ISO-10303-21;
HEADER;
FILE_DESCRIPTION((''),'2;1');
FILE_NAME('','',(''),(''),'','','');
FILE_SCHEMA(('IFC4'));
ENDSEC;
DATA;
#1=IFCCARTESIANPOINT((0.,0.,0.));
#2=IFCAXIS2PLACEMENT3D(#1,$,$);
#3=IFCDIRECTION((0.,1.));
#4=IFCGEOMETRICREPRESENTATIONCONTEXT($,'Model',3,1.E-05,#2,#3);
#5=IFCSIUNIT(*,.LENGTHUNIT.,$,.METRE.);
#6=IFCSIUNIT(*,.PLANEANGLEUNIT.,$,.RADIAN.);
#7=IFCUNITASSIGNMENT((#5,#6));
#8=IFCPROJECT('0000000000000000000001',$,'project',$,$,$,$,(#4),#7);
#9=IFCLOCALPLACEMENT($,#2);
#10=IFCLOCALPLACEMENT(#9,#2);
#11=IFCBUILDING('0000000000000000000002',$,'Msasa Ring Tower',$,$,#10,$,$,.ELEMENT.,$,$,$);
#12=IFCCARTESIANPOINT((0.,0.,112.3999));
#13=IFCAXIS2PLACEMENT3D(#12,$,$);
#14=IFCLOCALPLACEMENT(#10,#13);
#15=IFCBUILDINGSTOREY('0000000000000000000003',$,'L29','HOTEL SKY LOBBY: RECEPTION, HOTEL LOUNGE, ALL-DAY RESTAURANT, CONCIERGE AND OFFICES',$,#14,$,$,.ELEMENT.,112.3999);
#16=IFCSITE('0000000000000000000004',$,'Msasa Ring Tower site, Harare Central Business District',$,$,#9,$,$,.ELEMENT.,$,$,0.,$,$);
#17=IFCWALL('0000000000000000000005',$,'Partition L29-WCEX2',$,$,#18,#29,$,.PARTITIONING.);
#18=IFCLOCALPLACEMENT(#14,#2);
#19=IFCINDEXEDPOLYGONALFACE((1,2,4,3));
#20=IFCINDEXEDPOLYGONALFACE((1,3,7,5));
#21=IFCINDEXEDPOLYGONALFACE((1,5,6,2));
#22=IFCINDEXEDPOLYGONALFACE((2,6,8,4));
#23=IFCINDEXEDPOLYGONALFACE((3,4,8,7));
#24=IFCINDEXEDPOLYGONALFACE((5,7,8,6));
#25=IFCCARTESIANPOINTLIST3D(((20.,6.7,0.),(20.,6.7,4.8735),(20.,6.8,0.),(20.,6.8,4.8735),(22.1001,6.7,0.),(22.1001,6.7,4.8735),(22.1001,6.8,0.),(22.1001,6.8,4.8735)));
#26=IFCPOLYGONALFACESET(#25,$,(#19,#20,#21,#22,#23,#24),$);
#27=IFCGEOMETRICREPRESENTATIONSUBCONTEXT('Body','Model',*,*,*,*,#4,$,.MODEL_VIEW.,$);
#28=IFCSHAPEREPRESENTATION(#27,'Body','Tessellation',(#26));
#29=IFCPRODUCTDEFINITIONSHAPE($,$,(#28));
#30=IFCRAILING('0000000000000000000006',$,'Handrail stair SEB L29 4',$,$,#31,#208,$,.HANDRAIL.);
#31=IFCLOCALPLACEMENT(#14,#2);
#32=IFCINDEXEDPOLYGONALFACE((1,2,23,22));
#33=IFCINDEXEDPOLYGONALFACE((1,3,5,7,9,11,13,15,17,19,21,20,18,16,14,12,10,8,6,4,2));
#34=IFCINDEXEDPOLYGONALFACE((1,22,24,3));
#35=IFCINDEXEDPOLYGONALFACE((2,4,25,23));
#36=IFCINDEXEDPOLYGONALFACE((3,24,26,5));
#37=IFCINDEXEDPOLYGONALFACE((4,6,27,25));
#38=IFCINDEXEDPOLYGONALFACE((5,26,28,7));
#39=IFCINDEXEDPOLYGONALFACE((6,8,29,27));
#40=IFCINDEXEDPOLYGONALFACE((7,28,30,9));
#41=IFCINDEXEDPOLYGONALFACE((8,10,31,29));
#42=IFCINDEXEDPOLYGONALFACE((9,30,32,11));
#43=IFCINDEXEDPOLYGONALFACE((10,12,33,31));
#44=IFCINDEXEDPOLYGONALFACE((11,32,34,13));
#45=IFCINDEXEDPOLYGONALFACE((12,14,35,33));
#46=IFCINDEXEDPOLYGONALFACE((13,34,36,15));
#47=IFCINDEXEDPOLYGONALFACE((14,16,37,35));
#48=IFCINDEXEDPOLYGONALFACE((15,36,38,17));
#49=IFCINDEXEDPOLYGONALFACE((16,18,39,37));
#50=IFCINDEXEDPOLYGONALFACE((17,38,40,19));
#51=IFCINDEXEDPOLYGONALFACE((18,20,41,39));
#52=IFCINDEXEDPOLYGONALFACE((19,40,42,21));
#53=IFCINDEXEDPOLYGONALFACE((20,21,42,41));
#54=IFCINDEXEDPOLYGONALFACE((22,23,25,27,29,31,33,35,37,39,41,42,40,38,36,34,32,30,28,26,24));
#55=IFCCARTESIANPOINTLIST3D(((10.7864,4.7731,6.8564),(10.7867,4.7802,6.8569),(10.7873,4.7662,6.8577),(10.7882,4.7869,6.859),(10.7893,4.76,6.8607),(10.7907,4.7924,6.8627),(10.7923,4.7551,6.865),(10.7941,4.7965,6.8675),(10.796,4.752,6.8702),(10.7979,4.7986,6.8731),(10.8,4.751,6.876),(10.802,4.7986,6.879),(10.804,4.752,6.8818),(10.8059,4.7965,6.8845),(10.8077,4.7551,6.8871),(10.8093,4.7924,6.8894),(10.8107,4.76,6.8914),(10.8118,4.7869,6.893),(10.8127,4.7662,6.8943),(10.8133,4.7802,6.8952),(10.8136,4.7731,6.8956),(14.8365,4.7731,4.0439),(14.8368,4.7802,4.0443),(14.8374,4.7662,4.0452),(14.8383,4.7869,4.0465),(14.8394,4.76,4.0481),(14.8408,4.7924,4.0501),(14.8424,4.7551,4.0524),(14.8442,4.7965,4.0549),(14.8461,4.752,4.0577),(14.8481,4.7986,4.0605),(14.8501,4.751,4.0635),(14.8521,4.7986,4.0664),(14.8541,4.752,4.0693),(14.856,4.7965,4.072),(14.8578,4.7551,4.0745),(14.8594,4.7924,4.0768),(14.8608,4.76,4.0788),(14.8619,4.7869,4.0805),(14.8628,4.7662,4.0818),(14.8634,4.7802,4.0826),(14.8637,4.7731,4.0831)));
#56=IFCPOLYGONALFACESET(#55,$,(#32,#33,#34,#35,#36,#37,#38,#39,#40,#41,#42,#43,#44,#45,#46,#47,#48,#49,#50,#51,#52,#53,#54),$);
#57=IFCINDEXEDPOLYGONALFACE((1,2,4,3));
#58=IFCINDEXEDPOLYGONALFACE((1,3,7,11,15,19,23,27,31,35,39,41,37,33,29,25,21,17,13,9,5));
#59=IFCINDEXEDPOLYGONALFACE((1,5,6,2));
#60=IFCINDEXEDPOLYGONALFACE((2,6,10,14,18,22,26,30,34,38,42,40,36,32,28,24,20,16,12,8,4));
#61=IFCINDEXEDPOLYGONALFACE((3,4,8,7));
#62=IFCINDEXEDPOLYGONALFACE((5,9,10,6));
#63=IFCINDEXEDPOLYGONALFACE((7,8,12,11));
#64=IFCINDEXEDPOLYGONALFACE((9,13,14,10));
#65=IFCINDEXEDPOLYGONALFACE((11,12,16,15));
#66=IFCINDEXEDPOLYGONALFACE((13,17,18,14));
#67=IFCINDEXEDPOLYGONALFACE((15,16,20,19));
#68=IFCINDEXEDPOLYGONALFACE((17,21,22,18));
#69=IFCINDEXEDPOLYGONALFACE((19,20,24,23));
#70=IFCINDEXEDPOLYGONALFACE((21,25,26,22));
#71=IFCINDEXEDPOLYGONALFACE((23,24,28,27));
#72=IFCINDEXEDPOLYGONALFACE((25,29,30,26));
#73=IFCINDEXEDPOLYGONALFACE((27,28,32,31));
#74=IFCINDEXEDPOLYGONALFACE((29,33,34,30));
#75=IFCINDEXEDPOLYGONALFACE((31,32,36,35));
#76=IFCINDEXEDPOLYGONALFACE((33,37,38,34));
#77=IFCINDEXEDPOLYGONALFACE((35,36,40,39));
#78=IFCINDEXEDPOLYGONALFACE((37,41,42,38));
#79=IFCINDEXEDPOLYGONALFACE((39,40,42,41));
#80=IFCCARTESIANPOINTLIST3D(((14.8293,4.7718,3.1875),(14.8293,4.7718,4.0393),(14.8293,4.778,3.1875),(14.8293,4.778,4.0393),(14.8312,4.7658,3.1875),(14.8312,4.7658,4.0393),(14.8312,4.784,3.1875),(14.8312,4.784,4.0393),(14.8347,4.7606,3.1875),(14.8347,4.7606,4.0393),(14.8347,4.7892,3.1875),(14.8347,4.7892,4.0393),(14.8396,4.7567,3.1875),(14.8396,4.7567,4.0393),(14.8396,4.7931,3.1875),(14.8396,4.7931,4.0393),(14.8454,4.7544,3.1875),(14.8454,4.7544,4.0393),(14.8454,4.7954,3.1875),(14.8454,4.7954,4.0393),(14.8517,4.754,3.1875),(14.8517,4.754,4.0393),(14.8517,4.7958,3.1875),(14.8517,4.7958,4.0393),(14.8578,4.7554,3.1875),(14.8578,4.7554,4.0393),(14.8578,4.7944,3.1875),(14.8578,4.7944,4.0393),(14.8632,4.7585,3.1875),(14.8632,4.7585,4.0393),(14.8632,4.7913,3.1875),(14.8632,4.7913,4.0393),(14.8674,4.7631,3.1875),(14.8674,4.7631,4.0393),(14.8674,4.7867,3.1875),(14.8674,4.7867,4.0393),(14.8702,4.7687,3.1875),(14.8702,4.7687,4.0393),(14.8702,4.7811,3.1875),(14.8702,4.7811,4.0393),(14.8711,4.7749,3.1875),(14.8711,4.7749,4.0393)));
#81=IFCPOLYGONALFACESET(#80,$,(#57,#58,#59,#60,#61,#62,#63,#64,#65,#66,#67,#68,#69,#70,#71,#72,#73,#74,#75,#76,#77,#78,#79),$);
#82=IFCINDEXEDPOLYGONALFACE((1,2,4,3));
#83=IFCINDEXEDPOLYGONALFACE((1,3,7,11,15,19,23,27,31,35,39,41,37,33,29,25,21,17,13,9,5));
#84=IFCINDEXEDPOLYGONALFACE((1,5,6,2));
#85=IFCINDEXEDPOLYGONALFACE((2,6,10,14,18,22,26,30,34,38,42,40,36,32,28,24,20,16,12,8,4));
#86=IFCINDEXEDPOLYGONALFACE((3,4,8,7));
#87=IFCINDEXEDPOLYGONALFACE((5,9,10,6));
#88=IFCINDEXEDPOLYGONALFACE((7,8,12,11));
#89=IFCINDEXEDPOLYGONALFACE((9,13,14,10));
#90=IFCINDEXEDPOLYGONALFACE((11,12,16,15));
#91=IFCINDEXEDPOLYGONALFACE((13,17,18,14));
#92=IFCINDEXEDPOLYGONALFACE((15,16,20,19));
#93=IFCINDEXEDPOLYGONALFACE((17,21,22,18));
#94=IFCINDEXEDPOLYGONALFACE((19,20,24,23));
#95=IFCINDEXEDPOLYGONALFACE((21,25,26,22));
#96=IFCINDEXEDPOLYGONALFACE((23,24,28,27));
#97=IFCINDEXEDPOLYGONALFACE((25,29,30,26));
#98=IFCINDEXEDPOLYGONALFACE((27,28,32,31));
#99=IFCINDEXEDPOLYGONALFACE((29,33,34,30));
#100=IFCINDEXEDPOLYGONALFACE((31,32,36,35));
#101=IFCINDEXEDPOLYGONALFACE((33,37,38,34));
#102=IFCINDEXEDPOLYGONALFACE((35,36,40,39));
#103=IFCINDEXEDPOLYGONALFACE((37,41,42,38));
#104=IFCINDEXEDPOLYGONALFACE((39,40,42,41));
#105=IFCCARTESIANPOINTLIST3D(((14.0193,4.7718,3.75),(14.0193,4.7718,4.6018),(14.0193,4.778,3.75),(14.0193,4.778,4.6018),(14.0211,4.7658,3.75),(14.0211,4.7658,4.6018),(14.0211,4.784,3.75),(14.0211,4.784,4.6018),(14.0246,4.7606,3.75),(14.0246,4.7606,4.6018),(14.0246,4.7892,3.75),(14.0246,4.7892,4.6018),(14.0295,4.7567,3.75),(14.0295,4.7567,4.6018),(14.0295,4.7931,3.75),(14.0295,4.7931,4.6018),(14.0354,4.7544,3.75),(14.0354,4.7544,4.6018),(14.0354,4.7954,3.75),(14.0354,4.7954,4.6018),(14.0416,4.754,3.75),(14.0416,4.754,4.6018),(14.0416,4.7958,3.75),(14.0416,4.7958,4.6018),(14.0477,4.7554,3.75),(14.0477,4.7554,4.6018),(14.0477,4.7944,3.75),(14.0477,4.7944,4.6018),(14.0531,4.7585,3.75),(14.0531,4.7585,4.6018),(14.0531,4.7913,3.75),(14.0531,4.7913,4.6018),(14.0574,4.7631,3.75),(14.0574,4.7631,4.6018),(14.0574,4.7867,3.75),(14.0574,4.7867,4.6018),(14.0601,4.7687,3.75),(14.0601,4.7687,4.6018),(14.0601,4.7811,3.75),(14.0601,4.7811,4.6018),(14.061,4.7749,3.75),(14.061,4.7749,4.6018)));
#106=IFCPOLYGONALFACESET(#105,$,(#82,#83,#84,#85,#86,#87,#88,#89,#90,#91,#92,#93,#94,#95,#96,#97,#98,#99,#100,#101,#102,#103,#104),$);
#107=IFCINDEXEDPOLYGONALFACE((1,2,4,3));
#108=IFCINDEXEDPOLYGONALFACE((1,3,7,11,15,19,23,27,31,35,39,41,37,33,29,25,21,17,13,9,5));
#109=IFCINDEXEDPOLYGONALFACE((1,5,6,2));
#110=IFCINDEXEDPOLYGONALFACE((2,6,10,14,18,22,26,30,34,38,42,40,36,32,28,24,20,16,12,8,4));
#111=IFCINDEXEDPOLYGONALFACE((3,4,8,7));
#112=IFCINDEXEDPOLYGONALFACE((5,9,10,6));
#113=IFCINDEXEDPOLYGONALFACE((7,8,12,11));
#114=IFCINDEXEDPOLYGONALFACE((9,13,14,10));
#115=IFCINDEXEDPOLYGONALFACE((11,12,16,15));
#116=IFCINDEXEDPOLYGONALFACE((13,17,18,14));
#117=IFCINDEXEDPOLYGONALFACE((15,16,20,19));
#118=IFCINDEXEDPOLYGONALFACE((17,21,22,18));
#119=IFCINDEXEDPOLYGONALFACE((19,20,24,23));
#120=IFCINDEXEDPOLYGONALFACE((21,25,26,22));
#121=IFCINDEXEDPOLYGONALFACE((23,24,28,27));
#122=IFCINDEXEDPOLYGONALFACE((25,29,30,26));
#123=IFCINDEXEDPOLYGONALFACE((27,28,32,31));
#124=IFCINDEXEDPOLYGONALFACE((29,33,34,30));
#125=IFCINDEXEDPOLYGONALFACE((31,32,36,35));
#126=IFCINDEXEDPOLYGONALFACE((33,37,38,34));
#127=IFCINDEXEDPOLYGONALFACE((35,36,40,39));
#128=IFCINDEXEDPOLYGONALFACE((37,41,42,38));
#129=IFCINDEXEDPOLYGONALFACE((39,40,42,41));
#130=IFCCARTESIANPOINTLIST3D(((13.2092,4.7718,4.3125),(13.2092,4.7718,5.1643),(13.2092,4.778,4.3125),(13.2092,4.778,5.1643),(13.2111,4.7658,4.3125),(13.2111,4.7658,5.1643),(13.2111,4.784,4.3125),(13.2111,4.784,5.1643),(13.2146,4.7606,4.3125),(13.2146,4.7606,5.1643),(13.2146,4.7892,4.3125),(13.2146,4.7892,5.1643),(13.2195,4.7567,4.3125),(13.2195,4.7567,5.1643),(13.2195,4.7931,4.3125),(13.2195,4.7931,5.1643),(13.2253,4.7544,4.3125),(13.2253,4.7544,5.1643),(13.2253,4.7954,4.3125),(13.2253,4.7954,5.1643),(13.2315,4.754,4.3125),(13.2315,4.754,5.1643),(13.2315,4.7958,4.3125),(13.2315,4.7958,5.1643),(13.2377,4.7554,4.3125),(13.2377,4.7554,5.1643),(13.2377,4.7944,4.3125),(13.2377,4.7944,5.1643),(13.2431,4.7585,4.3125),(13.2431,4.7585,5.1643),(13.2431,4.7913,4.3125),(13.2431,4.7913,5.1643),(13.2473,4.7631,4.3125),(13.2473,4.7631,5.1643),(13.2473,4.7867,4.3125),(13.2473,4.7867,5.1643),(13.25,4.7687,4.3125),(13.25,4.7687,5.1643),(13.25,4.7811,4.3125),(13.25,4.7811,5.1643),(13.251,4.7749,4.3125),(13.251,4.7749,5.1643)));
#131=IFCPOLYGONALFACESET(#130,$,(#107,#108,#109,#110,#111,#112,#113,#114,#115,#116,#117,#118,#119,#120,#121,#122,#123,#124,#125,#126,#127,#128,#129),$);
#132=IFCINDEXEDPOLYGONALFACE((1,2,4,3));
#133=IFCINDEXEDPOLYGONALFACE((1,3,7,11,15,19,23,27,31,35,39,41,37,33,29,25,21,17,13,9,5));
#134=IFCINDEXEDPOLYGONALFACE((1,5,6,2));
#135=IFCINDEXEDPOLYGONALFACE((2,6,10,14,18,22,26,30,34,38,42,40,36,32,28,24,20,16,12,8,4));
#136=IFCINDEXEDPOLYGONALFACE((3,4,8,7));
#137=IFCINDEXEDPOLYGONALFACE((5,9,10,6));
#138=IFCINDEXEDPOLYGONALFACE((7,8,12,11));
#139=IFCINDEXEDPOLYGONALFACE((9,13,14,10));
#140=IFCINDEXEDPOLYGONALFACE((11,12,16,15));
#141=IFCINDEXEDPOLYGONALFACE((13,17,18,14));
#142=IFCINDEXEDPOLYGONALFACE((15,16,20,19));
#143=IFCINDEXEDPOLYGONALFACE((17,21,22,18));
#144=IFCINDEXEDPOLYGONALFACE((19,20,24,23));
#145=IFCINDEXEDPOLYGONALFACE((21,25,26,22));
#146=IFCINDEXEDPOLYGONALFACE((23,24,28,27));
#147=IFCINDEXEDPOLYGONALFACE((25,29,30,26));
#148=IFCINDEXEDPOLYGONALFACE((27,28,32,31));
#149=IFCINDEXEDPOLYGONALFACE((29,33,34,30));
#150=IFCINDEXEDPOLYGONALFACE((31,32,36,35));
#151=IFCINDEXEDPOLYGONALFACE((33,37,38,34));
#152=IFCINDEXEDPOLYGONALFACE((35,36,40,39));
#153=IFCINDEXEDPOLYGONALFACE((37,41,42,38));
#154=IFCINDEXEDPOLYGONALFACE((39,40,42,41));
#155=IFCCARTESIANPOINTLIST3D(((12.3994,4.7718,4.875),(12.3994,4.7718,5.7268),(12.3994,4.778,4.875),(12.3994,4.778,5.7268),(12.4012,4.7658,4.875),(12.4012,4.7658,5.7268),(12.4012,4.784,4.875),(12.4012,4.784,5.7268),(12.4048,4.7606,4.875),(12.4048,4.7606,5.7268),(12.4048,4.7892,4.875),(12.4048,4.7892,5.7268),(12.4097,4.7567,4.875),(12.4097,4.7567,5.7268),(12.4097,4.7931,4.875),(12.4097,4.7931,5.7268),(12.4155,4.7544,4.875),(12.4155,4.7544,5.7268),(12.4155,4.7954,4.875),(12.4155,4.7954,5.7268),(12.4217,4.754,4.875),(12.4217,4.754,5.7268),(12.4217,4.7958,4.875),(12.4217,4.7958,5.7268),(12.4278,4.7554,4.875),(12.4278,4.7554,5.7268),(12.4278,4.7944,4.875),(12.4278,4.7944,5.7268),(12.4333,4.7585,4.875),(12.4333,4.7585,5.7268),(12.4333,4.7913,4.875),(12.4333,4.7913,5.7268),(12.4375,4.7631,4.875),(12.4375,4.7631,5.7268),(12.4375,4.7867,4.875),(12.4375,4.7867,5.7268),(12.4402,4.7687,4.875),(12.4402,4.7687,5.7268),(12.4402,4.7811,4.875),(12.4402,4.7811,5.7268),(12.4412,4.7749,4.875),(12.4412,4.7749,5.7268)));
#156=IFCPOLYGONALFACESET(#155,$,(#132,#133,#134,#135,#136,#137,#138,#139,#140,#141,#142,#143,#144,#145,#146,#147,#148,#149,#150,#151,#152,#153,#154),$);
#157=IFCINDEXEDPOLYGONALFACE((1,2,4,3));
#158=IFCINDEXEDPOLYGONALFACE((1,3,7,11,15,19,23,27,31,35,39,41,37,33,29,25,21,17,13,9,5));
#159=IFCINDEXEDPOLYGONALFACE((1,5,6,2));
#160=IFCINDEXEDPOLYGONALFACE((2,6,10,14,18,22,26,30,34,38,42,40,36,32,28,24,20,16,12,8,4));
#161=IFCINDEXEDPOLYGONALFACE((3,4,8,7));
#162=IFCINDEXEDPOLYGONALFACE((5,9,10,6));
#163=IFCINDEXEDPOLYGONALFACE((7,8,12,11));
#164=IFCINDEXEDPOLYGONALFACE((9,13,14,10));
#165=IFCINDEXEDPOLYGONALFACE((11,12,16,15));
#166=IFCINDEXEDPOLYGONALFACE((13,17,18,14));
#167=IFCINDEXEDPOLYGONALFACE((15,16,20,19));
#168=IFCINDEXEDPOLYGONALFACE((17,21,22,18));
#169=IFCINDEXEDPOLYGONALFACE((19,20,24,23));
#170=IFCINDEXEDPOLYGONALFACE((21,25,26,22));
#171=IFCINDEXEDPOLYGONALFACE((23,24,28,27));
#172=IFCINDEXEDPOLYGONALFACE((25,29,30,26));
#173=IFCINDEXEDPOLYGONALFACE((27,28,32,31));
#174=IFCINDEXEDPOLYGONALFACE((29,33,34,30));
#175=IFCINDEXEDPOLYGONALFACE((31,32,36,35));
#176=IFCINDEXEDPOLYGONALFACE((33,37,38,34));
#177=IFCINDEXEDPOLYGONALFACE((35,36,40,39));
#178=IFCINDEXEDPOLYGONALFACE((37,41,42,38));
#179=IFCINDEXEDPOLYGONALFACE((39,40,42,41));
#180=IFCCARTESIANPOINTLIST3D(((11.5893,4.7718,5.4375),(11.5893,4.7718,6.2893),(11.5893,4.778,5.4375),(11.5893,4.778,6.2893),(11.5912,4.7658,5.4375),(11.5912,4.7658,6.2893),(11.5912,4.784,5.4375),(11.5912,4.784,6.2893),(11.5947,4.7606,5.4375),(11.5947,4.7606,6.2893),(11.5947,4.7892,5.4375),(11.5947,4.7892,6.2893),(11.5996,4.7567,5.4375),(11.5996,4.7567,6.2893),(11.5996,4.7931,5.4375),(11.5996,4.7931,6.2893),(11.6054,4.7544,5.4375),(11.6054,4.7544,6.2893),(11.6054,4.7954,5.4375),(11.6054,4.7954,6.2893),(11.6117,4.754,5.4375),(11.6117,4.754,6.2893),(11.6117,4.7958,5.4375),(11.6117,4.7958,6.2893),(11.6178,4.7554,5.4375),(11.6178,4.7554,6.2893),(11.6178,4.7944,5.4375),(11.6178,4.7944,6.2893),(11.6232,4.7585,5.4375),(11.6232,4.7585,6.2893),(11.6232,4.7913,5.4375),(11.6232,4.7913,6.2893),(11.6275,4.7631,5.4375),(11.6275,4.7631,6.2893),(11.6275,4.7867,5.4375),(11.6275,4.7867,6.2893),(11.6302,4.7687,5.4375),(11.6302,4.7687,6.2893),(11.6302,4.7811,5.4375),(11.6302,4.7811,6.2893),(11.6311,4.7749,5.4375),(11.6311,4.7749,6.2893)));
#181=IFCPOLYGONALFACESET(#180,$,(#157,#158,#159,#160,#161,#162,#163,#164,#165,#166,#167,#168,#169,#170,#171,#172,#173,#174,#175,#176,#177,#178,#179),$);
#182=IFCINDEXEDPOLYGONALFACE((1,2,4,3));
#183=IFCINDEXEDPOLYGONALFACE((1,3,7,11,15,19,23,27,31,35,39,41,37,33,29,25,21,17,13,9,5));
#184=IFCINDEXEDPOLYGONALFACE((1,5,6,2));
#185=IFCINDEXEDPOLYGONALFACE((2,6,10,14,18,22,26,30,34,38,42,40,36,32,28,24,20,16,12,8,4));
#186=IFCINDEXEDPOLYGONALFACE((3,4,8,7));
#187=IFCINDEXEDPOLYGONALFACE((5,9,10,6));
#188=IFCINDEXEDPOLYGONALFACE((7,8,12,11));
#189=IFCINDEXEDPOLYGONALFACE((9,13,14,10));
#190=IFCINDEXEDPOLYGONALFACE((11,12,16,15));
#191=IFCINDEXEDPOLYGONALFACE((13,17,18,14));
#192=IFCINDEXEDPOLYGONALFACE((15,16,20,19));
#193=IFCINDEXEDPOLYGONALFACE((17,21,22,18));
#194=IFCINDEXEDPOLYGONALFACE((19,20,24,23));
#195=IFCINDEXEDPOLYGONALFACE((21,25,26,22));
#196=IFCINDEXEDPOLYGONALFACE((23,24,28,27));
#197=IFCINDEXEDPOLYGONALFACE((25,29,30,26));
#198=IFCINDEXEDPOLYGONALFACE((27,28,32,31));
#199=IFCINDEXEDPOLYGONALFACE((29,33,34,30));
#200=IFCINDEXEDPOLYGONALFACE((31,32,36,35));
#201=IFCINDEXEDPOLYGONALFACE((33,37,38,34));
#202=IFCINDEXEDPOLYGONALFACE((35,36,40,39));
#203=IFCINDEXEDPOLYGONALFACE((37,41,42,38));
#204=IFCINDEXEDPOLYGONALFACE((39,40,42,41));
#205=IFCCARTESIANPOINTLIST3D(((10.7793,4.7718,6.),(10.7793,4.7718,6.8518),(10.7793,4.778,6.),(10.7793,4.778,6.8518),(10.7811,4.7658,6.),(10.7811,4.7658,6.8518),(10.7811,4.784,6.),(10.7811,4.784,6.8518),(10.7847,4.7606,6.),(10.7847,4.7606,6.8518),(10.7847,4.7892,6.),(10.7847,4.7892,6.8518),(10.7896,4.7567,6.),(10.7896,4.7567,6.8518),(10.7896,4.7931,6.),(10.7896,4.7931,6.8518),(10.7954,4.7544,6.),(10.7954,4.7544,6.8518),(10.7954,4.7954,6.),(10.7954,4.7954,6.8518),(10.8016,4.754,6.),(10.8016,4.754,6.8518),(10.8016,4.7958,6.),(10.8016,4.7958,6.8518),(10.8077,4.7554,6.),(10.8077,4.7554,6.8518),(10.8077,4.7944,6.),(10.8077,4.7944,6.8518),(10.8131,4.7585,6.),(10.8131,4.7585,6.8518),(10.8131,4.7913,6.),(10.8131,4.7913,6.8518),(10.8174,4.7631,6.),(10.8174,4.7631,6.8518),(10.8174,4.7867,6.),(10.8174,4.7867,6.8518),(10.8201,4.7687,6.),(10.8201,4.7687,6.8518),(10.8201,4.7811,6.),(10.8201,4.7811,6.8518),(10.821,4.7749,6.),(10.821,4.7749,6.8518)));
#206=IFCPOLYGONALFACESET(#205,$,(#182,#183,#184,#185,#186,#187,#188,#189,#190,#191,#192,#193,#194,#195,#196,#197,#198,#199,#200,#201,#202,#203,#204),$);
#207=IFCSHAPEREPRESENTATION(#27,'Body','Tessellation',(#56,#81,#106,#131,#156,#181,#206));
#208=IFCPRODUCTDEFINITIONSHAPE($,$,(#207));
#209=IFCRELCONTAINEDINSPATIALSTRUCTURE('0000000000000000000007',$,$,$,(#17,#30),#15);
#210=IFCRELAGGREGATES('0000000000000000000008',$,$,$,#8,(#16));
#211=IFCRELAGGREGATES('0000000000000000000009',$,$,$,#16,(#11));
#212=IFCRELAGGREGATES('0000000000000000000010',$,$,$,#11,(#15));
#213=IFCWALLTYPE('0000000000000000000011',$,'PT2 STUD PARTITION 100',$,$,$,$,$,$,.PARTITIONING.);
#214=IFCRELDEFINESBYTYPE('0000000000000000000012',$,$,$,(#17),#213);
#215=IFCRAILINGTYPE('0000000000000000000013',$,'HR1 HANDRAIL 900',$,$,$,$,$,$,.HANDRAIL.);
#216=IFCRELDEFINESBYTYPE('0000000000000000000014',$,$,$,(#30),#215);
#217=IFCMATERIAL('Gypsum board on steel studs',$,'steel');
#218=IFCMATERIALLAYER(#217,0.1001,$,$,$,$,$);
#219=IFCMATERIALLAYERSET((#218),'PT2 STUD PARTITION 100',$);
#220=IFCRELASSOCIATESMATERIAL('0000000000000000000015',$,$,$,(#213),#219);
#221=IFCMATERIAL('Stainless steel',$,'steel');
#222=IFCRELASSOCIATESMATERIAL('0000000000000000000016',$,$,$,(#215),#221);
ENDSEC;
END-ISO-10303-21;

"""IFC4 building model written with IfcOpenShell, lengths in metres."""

from ifc_helpers import new_model, si_unit, direction, frame, frame_2d, origin, origin_2d, place, context, subcontext, project, spatial, rectangle, circle, extrude, material, layer, layer_set, type_object, element, save


model = new_model("IFC4")

# Units and contexts
model_context = context("Model", 3, precision=1e-05, world=origin(), true_north=direction((0.0, 1.0)))
body_context = subcontext(model_context, "Body", "Model", "MODEL_VIEW")
ifc_project = project(units=[si_unit("LENGTHUNIT", "METRE"), si_unit("PLANEANGLEUNIT", "RADIAN")], contexts=[model_context])

# Site, building, storey
site_placement = place(None, origin())
site = spatial("IfcSite", under=ifc_project, at=site_placement, Name="Msasa Ring Tower site, Harare Central Business District", CompositionType="ELEMENT", RefElevation=0.0)
building_placement = place(site_placement, origin())
building = spatial("IfcBuilding", under=site, at=building_placement, Name="Msasa Ring Tower", CompositionType="ELEMENT")
storey_placement = place(building_placement, frame((0.0, 0.0, 112.3999)))
storey = spatial("IfcBuildingStorey", under=building, at=storey_placement, Name="L29", Description="HOTEL SKY LOBBY: RECEPTION, HOTEL LOUNGE, ALL-DAY RESTAURANT, CONCIERGE AND OFFICES", CompositionType="ELEMENT", Elevation=112.3999)

# Shared definitions
ifc_material_1 = material(Name="Gypsum board on steel studs", Category="steel")
ifc_layer_1 = layer(ifc_material_1, 0.1001)
ifc_layer_set_1 = layer_set([ifc_layer_1], Name="PT2 STUD PARTITION 100")
wall_type = type_object("IfcWallType", Name="PT2 STUD PARTITION 100", PredefinedType="PARTITIONING", material=ifc_layer_set_1)

# Wall
wall_1_placement = place(storey_placement, frame((20.0, 6.75, 0.0), z_axis=(0.0, 0.0, 1.0), x_axis=(1.0, 0.0, 0.0)))
element("IfcWall", 1, at=wall_1_placement, inside=storey, type_object=wall_type, Name="Partition L29-WCEX2", PredefinedType="PARTITIONING", context=body_context, shape_type="SweptSolid", body=[
    extrude(rectangle(XDim=2.1001, YDim=0.1001, at=frame_2d((1.05, 0.0))), origin(), (0.0, 0.0, 1.0), 4.8735),
])

# Railing
ifc_material_2 = material(Name="Stainless steel", Category="steel")
railing_type = type_object("IfcRailingType", Name="HR1 HANDRAIL 900", PredefinedType="HANDRAIL", material=ifc_material_2)
railing_placement = place(storey_placement, frame((14.8501, 4.7749, 3.1875)))
element("IfcRailing", 2, at=railing_placement, inside=storey, type_object=railing_type, Name="Handrail stair SEB L29 4", PredefinedType="HANDRAIL", context=body_context, shape_type="SweptSolid", body=[
    extrude(circle(Radius=0.0239, at=origin_2d()), frame((0.0, 0.0, 0.876), z_axis=(-0.821373, 0.0, 0.570391), x_axis=(0.0, -1.0, 0.0)), (0.0, 0.0, 1.0), 4.9309),
    extrude(circle(Radius=0.021, at=origin_2d()), origin(), (0.0, 0.0, 1.0), 0.8518),
    extrude(circle(Radius=0.021, at=origin_2d()), frame((-0.8101, 0.0, 0.5625)), (0.0, 0.0, 1.0), 0.8518),
    extrude(circle(Radius=0.021, at=origin_2d()), frame((-1.6201, 0.0, 1.125)), (0.0, 0.0, 1.0), 0.8518),
    extrude(circle(Radius=0.021, at=origin_2d()), frame((-2.4299, 0.0, 1.6875)), (0.0, 0.0, 1.0), 0.8518),
    extrude(circle(Radius=0.021, at=origin_2d()), frame((-3.24, 0.0, 2.25)), (0.0, 0.0, 1.0), 0.8518),
    extrude(circle(Radius=0.021, at=origin_2d()), frame((-4.05, 0.0, 2.8125)), (0.0, 0.0, 1.0), 0.8518),
])

save(model, "model.ifc")
